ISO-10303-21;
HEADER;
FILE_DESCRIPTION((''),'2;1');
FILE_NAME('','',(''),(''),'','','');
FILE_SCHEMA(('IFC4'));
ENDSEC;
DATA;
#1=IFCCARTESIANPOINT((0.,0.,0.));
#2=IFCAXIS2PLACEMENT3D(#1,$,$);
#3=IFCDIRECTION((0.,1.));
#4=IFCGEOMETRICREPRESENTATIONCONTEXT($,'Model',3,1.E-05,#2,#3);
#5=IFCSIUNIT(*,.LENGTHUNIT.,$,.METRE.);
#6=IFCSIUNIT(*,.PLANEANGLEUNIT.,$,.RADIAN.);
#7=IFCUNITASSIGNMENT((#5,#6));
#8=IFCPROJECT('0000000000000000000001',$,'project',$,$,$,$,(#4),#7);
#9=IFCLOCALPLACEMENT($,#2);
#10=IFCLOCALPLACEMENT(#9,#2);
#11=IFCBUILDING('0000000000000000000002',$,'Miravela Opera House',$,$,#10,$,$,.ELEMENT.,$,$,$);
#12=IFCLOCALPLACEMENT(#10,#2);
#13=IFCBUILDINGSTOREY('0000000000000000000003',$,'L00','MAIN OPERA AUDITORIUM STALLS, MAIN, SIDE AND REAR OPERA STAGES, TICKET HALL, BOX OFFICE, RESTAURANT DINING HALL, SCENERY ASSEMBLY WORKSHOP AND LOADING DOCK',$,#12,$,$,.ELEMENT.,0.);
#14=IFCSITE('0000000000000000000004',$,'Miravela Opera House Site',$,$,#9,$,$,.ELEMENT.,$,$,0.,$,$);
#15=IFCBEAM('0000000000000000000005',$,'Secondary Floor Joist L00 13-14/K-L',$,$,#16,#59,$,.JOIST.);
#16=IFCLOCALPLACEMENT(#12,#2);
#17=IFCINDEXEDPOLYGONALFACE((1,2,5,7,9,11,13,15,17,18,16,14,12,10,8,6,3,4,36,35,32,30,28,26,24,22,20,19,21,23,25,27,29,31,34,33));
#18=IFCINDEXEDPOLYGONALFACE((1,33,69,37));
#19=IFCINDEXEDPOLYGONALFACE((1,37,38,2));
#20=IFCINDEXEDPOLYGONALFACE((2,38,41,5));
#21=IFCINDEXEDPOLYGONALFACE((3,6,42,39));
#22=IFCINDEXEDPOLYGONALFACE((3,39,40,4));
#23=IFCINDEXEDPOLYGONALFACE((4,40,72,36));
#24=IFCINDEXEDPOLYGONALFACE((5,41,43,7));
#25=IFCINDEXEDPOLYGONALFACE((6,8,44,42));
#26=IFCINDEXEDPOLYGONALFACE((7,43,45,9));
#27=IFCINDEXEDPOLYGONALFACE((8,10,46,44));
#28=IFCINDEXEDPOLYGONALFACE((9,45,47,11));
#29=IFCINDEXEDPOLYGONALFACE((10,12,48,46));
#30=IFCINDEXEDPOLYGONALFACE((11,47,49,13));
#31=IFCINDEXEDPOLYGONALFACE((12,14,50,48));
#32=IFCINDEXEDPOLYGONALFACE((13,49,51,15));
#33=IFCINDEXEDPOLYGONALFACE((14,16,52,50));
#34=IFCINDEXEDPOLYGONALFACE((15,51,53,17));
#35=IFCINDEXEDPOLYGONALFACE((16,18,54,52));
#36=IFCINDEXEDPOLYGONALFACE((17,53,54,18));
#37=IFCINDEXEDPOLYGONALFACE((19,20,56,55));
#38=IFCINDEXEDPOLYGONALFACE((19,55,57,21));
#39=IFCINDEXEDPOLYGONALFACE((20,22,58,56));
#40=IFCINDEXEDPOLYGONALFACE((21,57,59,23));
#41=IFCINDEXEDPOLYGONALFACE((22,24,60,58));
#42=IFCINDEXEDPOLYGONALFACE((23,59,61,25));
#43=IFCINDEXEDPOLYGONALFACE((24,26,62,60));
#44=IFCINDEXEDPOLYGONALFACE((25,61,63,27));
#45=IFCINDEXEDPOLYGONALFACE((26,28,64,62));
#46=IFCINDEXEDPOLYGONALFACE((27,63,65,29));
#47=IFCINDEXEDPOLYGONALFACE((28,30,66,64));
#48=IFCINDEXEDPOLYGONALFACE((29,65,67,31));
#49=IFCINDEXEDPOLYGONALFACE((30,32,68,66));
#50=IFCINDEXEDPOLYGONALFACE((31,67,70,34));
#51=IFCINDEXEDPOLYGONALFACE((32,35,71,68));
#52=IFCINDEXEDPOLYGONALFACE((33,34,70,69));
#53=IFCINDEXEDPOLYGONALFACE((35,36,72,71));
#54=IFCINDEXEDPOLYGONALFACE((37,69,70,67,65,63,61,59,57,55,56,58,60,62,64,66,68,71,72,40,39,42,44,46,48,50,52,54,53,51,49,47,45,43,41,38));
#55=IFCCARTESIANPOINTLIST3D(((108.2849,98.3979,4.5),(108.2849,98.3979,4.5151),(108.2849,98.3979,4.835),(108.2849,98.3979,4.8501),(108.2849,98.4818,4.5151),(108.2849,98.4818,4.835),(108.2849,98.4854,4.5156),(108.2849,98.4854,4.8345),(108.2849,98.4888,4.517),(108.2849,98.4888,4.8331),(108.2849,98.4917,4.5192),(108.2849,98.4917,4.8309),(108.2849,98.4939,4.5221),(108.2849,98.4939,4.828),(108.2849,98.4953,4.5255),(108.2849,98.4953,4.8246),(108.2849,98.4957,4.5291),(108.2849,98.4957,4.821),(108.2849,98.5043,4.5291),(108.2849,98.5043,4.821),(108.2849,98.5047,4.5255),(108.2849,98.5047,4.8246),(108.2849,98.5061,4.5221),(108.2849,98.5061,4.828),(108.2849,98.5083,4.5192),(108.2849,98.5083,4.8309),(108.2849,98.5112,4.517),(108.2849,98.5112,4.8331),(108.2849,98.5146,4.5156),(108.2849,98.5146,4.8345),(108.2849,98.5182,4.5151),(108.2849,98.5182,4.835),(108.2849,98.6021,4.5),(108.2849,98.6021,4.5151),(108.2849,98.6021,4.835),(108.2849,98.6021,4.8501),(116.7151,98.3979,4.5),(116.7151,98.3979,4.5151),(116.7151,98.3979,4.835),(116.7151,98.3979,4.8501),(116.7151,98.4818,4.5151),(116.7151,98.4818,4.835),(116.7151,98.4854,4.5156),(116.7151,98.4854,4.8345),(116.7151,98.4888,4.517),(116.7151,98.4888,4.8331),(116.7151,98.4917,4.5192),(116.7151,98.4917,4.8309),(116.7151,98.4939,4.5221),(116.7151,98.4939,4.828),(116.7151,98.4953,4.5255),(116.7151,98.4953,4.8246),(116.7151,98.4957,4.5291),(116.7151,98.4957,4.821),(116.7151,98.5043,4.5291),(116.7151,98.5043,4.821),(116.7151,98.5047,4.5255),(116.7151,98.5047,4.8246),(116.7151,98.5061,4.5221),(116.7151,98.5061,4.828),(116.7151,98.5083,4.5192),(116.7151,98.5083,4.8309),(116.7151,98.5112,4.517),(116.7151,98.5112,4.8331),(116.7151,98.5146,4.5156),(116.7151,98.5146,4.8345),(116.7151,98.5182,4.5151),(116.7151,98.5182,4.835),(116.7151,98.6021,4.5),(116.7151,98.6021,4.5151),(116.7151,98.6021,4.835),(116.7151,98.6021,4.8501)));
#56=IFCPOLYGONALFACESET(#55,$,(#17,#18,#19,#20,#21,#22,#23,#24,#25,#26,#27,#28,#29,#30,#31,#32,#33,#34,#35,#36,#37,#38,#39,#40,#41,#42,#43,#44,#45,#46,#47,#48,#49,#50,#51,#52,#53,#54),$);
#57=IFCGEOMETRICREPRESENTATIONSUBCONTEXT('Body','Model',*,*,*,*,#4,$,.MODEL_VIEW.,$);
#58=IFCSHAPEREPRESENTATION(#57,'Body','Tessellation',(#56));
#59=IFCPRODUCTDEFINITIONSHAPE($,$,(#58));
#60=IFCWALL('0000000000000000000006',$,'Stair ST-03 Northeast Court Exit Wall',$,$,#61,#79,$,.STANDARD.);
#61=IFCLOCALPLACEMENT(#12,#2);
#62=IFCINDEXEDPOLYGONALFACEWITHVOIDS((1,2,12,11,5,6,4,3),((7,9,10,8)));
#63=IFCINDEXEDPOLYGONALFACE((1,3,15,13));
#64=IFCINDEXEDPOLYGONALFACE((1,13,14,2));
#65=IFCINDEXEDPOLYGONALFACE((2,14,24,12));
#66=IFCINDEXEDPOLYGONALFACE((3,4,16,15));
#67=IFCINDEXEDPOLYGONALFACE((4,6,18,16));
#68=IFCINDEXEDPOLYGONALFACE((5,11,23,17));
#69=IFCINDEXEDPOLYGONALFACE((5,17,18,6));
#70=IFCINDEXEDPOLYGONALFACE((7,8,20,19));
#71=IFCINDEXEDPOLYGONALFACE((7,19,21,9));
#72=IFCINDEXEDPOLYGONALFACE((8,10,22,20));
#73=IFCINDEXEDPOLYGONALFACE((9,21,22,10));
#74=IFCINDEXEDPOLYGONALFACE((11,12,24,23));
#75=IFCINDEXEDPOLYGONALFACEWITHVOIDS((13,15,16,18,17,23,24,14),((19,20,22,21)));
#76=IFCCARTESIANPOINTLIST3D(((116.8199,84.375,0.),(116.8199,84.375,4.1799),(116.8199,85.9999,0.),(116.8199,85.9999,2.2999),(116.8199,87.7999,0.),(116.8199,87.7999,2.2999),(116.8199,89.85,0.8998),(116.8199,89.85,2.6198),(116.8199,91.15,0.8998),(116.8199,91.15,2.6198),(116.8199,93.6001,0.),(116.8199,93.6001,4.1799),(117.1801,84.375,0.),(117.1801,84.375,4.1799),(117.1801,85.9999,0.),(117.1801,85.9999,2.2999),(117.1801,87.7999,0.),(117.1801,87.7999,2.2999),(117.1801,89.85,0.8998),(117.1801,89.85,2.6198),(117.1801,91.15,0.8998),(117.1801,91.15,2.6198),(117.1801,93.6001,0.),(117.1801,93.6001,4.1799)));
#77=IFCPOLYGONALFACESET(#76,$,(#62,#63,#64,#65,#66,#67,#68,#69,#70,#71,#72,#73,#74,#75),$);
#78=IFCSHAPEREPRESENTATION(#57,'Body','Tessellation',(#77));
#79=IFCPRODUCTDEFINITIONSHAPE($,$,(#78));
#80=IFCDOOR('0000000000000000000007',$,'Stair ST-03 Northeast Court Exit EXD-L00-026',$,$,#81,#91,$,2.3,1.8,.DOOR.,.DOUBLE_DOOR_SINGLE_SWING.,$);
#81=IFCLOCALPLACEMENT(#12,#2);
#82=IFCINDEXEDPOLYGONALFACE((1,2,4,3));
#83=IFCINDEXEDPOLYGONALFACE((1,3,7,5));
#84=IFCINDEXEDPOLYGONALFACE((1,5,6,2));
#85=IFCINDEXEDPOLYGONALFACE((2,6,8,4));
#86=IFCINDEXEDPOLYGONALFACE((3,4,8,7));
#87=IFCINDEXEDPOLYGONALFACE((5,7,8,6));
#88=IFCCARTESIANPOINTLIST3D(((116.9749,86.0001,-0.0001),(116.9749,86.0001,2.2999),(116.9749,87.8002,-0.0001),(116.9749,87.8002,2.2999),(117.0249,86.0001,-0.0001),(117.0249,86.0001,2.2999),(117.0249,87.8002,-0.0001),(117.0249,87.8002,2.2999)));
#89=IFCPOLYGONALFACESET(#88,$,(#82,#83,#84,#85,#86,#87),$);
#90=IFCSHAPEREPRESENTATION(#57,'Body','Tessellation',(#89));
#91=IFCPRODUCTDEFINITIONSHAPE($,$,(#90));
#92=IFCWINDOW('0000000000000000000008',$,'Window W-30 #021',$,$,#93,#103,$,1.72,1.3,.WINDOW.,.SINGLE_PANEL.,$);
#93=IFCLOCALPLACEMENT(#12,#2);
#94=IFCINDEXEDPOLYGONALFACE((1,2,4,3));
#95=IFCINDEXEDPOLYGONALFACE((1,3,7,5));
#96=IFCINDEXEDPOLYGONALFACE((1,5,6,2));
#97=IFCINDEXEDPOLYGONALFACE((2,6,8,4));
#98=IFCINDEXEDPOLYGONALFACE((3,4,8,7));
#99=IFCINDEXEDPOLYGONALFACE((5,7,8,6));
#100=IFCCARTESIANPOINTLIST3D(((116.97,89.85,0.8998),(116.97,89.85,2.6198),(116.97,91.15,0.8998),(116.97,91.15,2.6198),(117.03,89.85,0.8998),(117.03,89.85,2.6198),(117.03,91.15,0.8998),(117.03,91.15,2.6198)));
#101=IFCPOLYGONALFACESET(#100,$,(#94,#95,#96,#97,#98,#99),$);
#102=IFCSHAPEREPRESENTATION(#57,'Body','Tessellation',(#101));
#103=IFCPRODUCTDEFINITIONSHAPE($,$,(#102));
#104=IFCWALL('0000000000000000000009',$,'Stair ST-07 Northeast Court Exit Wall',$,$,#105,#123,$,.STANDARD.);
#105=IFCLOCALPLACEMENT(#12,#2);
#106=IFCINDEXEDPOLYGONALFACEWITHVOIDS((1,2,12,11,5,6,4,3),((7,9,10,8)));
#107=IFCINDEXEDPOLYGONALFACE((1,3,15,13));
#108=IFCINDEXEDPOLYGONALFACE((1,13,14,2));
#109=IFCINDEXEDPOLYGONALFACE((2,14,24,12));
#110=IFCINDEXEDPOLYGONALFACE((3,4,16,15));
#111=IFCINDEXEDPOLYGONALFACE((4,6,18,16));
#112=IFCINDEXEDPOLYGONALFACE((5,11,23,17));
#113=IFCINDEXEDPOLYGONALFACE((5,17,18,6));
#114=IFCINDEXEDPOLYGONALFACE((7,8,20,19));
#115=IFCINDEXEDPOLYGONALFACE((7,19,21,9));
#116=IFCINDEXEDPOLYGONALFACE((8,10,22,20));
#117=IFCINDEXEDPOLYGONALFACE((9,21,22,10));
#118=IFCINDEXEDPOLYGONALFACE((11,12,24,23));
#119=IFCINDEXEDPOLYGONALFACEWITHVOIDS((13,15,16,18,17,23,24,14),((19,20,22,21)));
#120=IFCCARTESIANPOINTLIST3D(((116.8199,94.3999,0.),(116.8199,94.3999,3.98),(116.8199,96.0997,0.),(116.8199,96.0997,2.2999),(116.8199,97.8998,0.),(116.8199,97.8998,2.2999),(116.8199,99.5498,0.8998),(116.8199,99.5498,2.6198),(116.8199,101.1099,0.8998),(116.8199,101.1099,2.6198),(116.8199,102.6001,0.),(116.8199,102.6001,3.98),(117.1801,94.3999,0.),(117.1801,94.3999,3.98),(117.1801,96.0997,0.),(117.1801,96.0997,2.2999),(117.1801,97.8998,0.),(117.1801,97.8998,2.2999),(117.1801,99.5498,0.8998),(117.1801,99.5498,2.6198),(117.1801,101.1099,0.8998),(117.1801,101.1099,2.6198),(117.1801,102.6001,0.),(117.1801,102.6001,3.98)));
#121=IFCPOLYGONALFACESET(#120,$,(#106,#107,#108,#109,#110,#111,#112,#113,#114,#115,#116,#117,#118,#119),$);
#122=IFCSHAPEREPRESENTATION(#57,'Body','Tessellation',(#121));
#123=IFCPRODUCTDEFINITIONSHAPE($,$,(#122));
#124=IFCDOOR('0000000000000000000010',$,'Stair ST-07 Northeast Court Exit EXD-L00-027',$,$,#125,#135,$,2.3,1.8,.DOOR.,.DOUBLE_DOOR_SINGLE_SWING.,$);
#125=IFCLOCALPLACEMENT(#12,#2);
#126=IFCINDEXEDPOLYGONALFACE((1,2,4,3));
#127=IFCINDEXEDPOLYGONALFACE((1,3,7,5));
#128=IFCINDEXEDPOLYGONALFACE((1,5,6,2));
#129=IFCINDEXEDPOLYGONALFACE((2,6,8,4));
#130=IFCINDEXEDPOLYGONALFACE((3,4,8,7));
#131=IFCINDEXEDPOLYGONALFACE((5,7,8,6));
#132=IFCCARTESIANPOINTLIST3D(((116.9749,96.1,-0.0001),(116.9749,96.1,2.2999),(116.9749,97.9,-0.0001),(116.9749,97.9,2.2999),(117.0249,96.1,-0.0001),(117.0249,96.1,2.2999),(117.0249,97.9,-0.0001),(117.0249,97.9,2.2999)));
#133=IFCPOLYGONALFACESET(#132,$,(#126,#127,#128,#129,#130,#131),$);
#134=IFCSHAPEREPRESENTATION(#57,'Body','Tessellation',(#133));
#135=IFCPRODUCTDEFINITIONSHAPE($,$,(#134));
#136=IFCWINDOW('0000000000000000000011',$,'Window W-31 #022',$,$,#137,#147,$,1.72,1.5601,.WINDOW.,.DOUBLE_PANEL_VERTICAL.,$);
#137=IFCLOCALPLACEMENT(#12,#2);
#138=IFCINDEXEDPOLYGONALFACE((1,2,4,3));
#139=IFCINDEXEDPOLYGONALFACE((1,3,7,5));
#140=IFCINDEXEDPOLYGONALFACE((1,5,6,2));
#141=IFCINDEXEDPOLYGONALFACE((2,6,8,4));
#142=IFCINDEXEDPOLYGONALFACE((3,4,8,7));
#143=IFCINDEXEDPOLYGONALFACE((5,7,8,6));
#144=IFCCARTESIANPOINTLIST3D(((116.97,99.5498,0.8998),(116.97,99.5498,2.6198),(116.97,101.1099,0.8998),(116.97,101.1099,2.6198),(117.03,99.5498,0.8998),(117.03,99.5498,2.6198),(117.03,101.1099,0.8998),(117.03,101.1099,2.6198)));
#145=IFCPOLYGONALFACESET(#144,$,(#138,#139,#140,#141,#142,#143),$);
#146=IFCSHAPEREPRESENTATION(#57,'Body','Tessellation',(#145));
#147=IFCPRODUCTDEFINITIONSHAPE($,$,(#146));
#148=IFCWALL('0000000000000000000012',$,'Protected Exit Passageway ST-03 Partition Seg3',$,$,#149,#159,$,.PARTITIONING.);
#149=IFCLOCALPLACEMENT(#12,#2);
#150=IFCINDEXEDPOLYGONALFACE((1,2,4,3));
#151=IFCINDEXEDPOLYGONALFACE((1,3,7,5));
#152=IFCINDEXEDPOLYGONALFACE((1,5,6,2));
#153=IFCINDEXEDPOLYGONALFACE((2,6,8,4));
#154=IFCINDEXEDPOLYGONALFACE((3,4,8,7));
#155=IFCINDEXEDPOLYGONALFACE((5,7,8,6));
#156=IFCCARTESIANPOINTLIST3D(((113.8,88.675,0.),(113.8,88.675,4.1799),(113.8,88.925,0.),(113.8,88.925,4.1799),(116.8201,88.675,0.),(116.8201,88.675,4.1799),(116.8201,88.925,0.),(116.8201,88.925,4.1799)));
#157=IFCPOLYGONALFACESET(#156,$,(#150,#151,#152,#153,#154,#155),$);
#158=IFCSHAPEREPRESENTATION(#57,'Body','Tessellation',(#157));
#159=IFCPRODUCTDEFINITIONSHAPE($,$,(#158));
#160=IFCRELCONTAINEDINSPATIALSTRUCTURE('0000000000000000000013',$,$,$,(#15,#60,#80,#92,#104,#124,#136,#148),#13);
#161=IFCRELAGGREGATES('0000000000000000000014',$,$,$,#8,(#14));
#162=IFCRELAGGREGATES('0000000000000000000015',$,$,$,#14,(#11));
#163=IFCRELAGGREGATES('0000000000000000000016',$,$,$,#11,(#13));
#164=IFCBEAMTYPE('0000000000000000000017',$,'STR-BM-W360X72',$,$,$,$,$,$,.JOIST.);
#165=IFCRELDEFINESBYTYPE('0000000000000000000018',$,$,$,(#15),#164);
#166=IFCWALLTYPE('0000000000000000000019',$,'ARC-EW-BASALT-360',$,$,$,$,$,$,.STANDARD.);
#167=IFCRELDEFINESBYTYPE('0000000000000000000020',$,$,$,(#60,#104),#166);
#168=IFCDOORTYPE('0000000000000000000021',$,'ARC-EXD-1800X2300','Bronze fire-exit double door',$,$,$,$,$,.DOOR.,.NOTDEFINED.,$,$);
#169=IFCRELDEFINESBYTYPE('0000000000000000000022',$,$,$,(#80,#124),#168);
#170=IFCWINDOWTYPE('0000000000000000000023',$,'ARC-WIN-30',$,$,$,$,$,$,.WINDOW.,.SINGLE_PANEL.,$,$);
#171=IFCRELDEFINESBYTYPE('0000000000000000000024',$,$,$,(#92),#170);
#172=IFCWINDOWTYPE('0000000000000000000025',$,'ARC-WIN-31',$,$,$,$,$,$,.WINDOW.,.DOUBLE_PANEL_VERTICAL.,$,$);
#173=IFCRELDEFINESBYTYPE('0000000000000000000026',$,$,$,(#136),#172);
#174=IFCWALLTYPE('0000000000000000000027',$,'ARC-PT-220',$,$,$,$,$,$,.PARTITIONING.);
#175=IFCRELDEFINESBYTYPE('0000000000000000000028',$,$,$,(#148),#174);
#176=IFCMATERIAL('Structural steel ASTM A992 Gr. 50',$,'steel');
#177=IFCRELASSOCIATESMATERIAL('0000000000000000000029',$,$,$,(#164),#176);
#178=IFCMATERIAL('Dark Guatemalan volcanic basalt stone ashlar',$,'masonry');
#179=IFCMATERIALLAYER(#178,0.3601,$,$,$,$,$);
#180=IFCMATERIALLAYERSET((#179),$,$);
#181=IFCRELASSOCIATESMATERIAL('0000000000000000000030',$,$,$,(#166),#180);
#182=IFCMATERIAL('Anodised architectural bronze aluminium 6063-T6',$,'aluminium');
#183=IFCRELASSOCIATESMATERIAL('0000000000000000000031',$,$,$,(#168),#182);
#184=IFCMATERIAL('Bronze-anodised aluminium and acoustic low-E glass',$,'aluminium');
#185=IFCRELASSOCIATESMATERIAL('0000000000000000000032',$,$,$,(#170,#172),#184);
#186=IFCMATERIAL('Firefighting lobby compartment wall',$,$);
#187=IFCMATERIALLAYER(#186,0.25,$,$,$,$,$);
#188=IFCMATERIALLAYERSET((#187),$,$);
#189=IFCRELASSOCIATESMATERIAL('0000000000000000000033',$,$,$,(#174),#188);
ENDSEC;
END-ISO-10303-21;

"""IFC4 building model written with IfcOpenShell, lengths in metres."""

from ifc_helpers import new_model, si_unit, direction, frame, frame_2d, origin, origin_2d, place, context, subcontext, project, spatial, rectangle, i_section, extrude, material, layer, layer_set, material_profile, profile_set, type_object, element, fill, save


model = new_model("IFC4")

# Units and contexts
model_context = context("Model", 3, precision=1e-05, world=origin(), true_north=direction((0.0, 1.0)))
body_context = subcontext(model_context, "Body", "Model", "MODEL_VIEW")
ifc_project = project(units=[si_unit("LENGTHUNIT", "METRE"), si_unit("PLANEANGLEUNIT", "RADIAN")], contexts=[model_context])

# Site, building, storey
site_placement = place(None, origin())
site = spatial("IfcSite", under=ifc_project, at=site_placement, Name="Miravela Opera House Site", CompositionType="ELEMENT", RefElevation=0.0)
building_placement = place(site_placement, origin())
building = spatial("IfcBuilding", under=site, at=building_placement, Name="Miravela Opera House", CompositionType="ELEMENT")
storey_placement = place(building_placement, origin())
storey = spatial("IfcBuildingStorey", under=building, at=storey_placement, Name="L00", Description="MAIN OPERA AUDITORIUM STALLS, MAIN, SIDE AND REAR OPERA STAGES, TICKET HALL, BOX OFFICE, RESTAURANT DINING HALL, SCENERY ASSEMBLY WORKSHOP AND LOADING DOCK", CompositionType="ELEMENT", Elevation=0.0)

# Shared definitions
ifc_material_1 = material(Name="Anodised architectural bronze aluminium 6063-T6", Category="aluminium")

# Beam
ifc_material_2 = material(Name="Structural steel ASTM A992 Gr. 50", Category="steel")
ifc_material_profile_1 = material_profile(ifc_material_2, i_section(OverallWidth=0.2041, OverallDepth=0.3501, WebThickness=0.0085, FlangeThickness=0.0151, FilletRadius=0.0139, at=origin_2d()), Name="W360X72")
ifc_profile_set_1 = profile_set([ifc_material_profile_1])
beam_type_1 = type_object("IfcBeamType", Name="STR-BM-W360X72", PredefinedType="JOIST", material=ifc_profile_set_1)
beam_1_placement = place(storey_placement, frame((108.2849, 98.5, 4.675), z_axis=(1.0, 0.0, 0.0), x_axis=(0.0, 1.0, 0.0)))
element("IfcBeam", 1, at=beam_1_placement, inside=storey, type_object=beam_type_1, Name="Secondary Floor Joist L00 13-14/K-L", PredefinedType="JOIST", context=body_context, shape_type="SweptSolid", body=[
    extrude(i_section(OverallWidth=0.2041, OverallDepth=0.3501, WebThickness=0.0085, FlangeThickness=0.0151, FilletRadius=0.0139, at=origin_2d()), origin(), (0.0, 0.0, 1.0), 8.4302),
])

# Walls, openings, doors, windows
ifc_material_3 = material(Name="Dark Guatemalan volcanic basalt stone ashlar", Category="masonry")
ifc_layer_1 = layer(ifc_material_3, 0.3601)
ifc_layer_set_1 = layer_set([ifc_layer_1])
wall_type_1 = type_object("IfcWallType", Name="ARC-EW-BASALT-360", PredefinedType="STANDARD", material=ifc_layer_set_1)
wall_1_placement = place(storey_placement, frame((117.0, 84.375, 0.0), z_axis=(0.0, 0.0, 1.0), x_axis=(0.0, 1.0, 0.0)))
wall_1 = element("IfcWall", 2, at=wall_1_placement, inside=storey, type_object=wall_type_1, Name="Stair ST-03 Northeast Court Exit Wall", PredefinedType="STANDARD", context=body_context, shape_type="SweptSolid", body=[
    extrude(rectangle(XDim=9.2251, YDim=0.3601, at=frame_2d((4.6125, 0.0))), origin(), (0.0, 0.0, 1.0), 4.1799),
])
opening_1_placement = place(wall_1_placement, frame((1.625, 0.0, 0.0)))
opening_1 = element("IfcOpeningElement", 3, at=opening_1_placement, cuts=wall_1, PredefinedType="OPENING", context=body_context, shape_type="SweptSolid", body=[
    extrude(rectangle(XDim=1.8, YDim=2.3, at=frame_2d((0.8999, 1.1499))), frame((0.0, 0.1899, 0.0), z_axis=(0.0, -1.0, 0.0), x_axis=(1.0, 0.0, 0.0)), (0.0, 0.0, 1.0), 0.3801),
])
opening_2_placement = place(wall_1_placement, frame((5.4751, 0.0, 0.8999)))
opening_2 = element("IfcOpeningElement", 4, at=opening_2_placement, cuts=wall_1, PredefinedType="OPENING", context=body_context, shape_type="SweptSolid", body=[
    extrude(rectangle(XDim=1.3, YDim=1.72, at=frame_2d((0.6499, 0.8599))), frame((0.0, 0.1899, 0.0), z_axis=(0.0, -1.0, 0.0), x_axis=(1.0, 0.0, 0.0)), (0.0, 0.0, 1.0), 0.3801),
])
door_type = type_object("IfcDoorType", Name="ARC-EXD-1800X2300", Description="Bronze fire-exit double door", OperationType="NOTDEFINED", PredefinedType="DOOR", material=ifc_material_1)
door_1_placement = place(opening_1_placement, frame((1.8, 0.0, 0.0), z_axis=(0.0, 0.0, 1.0), x_axis=(-1.0, 0.0, 0.0)))
door_1 = element("IfcDoor", 5, at=door_1_placement, inside=storey, type_object=door_type, Name="Stair ST-03 Northeast Court Exit EXD-L00-026", OperationType="DOUBLE_DOOR_SINGLE_SWING", OverallHeight=2.3, OverallWidth=1.8, PredefinedType="DOOR", context=body_context, shape_type="SweptSolid", body=[
    extrude(rectangle(XDim=1.8, YDim=2.3, at=frame_2d((0.8999, 1.1499))), frame((0.0, 0.0249, 0.0), z_axis=(0.0, -1.0, 0.0), x_axis=(1.0, 0.0, 0.0)), (0.0, 0.0, 1.0), 0.05),
])
fill(opening_1, door_1)
ifc_material_4 = material(Name="Bronze-anodised aluminium and acoustic low-E glass", Category="aluminium")
window_type_1 = type_object("IfcWindowType", Name="ARC-WIN-30", PartitioningType="SINGLE_PANEL", PredefinedType="WINDOW", material=ifc_material_4)
window_1_placement = place(opening_2_placement, origin())
window_1 = element("IfcWindow", 6, at=window_1_placement, inside=storey, type_object=window_type_1, Name="Window W-30 #021", OverallHeight=1.72, OverallWidth=1.3, PartitioningType="SINGLE_PANEL", PredefinedType="WINDOW", context=body_context, shape_type="SweptSolid", body=[
    extrude(rectangle(XDim=1.3, YDim=1.72, at=frame_2d((0.6499, 0.8599))), frame((0.0, 0.03, 0.0), z_axis=(0.0, -1.0, 0.0), x_axis=(1.0, 0.0, 0.0)), (0.0, 0.0, 1.0), 0.0601),
])
fill(opening_2, window_1)
wall_2_placement = place(storey_placement, frame((117.0, 94.3999, 0.0), z_axis=(0.0, 0.0, 1.0), x_axis=(0.0, 1.0, 0.0)))
wall_2 = element("IfcWall", 7, at=wall_2_placement, inside=storey, type_object=wall_type_1, Name="Stair ST-07 Northeast Court Exit Wall", PredefinedType="STANDARD", context=body_context, shape_type="SweptSolid", body=[
    extrude(rectangle(XDim=8.2002, YDim=0.3601, at=frame_2d((4.1001, 0.0))), origin(), (0.0, 0.0, 1.0), 3.98),
])
opening_3_placement = place(wall_2_placement, frame((1.7, 0.0, 0.0)))
opening_3 = element("IfcOpeningElement", 8, at=opening_3_placement, cuts=wall_2, PredefinedType="OPENING", context=body_context, shape_type="SweptSolid", body=[
    extrude(rectangle(XDim=1.8, YDim=2.3, at=frame_2d((0.8999, 1.1499))), frame((0.0, 0.1899, 0.0), z_axis=(0.0, -1.0, 0.0), x_axis=(1.0, 0.0, 0.0)), (0.0, 0.0, 1.0), 0.3801),
])
opening_4_placement = place(wall_2_placement, frame((5.1499, 0.0, 0.8999)))
opening_4 = element("IfcOpeningElement", 9, at=opening_4_placement, cuts=wall_2, PredefinedType="OPENING", context=body_context, shape_type="SweptSolid", body=[
    extrude(rectangle(XDim=1.5601, YDim=1.72, at=frame_2d((0.78, 0.8599))), frame((0.0, 0.1899, 0.0), z_axis=(0.0, -1.0, 0.0), x_axis=(1.0, 0.0, 0.0)), (0.0, 0.0, 1.0), 0.3801),
])
door_2_placement = place(opening_3_placement, frame((1.8, 0.0, 0.0), z_axis=(0.0, 0.0, 1.0), x_axis=(-1.0, 0.0, 0.0)))
door_2 = element("IfcDoor", 10, at=door_2_placement, inside=storey, type_object=door_type, Name="Stair ST-07 Northeast Court Exit EXD-L00-027", OperationType="DOUBLE_DOOR_SINGLE_SWING", OverallHeight=2.3, OverallWidth=1.8, PredefinedType="DOOR", context=body_context, shape_type="SweptSolid", body=[
    extrude(rectangle(XDim=1.8, YDim=2.3, at=frame_2d((0.8999, 1.1499))), frame((0.0, 0.0249, 0.0), z_axis=(0.0, -1.0, 0.0), x_axis=(1.0, 0.0, 0.0)), (0.0, 0.0, 1.0), 0.05),
])
fill(opening_3, door_2)
window_type_2 = type_object("IfcWindowType", Name="ARC-WIN-31", PartitioningType="DOUBLE_PANEL_VERTICAL", PredefinedType="WINDOW", material=ifc_material_4)
window_2_placement = place(opening_4_placement, origin())
window_2 = element("IfcWindow", 11, at=window_2_placement, inside=storey, type_object=window_type_2, Name="Window W-31 #022", OverallHeight=1.72, OverallWidth=1.5601, PartitioningType="DOUBLE_PANEL_VERTICAL", PredefinedType="WINDOW", context=body_context, shape_type="SweptSolid", body=[
    extrude(rectangle(XDim=1.5601, YDim=1.72, at=frame_2d((0.78, 0.8599))), frame((0.0, 0.03, 0.0), z_axis=(0.0, -1.0, 0.0), x_axis=(1.0, 0.0, 0.0)), (0.0, 0.0, 1.0), 0.0601),
])
fill(opening_4, window_2)

# Wall
ifc_material_5 = material(Name="Firefighting lobby compartment wall")
ifc_layer_2 = layer(ifc_material_5, 0.25)
ifc_layer_set_2 = layer_set([ifc_layer_2])
wall_type_2 = type_object("IfcWallType", Name="ARC-PT-220", PredefinedType="PARTITIONING", material=ifc_layer_set_2)
wall_3_placement = place(storey_placement, frame((116.8201, 88.8, 0.0), z_axis=(0.0, 0.0, 1.0), x_axis=(-1.0, 0.0, 0.0)))
element("IfcWall", 12, at=wall_3_placement, inside=storey, type_object=wall_type_2, Name="Protected Exit Passageway ST-03 Partition Seg3", PredefinedType="PARTITIONING", context=body_context, shape_type="SweptSolid", body=[
    extrude(rectangle(XDim=3.02, YDim=0.25, at=frame_2d((1.51, 0.0))), origin(), (0.0, 0.0, 1.0), 4.1799),
])

save(model, "model.ifc")
